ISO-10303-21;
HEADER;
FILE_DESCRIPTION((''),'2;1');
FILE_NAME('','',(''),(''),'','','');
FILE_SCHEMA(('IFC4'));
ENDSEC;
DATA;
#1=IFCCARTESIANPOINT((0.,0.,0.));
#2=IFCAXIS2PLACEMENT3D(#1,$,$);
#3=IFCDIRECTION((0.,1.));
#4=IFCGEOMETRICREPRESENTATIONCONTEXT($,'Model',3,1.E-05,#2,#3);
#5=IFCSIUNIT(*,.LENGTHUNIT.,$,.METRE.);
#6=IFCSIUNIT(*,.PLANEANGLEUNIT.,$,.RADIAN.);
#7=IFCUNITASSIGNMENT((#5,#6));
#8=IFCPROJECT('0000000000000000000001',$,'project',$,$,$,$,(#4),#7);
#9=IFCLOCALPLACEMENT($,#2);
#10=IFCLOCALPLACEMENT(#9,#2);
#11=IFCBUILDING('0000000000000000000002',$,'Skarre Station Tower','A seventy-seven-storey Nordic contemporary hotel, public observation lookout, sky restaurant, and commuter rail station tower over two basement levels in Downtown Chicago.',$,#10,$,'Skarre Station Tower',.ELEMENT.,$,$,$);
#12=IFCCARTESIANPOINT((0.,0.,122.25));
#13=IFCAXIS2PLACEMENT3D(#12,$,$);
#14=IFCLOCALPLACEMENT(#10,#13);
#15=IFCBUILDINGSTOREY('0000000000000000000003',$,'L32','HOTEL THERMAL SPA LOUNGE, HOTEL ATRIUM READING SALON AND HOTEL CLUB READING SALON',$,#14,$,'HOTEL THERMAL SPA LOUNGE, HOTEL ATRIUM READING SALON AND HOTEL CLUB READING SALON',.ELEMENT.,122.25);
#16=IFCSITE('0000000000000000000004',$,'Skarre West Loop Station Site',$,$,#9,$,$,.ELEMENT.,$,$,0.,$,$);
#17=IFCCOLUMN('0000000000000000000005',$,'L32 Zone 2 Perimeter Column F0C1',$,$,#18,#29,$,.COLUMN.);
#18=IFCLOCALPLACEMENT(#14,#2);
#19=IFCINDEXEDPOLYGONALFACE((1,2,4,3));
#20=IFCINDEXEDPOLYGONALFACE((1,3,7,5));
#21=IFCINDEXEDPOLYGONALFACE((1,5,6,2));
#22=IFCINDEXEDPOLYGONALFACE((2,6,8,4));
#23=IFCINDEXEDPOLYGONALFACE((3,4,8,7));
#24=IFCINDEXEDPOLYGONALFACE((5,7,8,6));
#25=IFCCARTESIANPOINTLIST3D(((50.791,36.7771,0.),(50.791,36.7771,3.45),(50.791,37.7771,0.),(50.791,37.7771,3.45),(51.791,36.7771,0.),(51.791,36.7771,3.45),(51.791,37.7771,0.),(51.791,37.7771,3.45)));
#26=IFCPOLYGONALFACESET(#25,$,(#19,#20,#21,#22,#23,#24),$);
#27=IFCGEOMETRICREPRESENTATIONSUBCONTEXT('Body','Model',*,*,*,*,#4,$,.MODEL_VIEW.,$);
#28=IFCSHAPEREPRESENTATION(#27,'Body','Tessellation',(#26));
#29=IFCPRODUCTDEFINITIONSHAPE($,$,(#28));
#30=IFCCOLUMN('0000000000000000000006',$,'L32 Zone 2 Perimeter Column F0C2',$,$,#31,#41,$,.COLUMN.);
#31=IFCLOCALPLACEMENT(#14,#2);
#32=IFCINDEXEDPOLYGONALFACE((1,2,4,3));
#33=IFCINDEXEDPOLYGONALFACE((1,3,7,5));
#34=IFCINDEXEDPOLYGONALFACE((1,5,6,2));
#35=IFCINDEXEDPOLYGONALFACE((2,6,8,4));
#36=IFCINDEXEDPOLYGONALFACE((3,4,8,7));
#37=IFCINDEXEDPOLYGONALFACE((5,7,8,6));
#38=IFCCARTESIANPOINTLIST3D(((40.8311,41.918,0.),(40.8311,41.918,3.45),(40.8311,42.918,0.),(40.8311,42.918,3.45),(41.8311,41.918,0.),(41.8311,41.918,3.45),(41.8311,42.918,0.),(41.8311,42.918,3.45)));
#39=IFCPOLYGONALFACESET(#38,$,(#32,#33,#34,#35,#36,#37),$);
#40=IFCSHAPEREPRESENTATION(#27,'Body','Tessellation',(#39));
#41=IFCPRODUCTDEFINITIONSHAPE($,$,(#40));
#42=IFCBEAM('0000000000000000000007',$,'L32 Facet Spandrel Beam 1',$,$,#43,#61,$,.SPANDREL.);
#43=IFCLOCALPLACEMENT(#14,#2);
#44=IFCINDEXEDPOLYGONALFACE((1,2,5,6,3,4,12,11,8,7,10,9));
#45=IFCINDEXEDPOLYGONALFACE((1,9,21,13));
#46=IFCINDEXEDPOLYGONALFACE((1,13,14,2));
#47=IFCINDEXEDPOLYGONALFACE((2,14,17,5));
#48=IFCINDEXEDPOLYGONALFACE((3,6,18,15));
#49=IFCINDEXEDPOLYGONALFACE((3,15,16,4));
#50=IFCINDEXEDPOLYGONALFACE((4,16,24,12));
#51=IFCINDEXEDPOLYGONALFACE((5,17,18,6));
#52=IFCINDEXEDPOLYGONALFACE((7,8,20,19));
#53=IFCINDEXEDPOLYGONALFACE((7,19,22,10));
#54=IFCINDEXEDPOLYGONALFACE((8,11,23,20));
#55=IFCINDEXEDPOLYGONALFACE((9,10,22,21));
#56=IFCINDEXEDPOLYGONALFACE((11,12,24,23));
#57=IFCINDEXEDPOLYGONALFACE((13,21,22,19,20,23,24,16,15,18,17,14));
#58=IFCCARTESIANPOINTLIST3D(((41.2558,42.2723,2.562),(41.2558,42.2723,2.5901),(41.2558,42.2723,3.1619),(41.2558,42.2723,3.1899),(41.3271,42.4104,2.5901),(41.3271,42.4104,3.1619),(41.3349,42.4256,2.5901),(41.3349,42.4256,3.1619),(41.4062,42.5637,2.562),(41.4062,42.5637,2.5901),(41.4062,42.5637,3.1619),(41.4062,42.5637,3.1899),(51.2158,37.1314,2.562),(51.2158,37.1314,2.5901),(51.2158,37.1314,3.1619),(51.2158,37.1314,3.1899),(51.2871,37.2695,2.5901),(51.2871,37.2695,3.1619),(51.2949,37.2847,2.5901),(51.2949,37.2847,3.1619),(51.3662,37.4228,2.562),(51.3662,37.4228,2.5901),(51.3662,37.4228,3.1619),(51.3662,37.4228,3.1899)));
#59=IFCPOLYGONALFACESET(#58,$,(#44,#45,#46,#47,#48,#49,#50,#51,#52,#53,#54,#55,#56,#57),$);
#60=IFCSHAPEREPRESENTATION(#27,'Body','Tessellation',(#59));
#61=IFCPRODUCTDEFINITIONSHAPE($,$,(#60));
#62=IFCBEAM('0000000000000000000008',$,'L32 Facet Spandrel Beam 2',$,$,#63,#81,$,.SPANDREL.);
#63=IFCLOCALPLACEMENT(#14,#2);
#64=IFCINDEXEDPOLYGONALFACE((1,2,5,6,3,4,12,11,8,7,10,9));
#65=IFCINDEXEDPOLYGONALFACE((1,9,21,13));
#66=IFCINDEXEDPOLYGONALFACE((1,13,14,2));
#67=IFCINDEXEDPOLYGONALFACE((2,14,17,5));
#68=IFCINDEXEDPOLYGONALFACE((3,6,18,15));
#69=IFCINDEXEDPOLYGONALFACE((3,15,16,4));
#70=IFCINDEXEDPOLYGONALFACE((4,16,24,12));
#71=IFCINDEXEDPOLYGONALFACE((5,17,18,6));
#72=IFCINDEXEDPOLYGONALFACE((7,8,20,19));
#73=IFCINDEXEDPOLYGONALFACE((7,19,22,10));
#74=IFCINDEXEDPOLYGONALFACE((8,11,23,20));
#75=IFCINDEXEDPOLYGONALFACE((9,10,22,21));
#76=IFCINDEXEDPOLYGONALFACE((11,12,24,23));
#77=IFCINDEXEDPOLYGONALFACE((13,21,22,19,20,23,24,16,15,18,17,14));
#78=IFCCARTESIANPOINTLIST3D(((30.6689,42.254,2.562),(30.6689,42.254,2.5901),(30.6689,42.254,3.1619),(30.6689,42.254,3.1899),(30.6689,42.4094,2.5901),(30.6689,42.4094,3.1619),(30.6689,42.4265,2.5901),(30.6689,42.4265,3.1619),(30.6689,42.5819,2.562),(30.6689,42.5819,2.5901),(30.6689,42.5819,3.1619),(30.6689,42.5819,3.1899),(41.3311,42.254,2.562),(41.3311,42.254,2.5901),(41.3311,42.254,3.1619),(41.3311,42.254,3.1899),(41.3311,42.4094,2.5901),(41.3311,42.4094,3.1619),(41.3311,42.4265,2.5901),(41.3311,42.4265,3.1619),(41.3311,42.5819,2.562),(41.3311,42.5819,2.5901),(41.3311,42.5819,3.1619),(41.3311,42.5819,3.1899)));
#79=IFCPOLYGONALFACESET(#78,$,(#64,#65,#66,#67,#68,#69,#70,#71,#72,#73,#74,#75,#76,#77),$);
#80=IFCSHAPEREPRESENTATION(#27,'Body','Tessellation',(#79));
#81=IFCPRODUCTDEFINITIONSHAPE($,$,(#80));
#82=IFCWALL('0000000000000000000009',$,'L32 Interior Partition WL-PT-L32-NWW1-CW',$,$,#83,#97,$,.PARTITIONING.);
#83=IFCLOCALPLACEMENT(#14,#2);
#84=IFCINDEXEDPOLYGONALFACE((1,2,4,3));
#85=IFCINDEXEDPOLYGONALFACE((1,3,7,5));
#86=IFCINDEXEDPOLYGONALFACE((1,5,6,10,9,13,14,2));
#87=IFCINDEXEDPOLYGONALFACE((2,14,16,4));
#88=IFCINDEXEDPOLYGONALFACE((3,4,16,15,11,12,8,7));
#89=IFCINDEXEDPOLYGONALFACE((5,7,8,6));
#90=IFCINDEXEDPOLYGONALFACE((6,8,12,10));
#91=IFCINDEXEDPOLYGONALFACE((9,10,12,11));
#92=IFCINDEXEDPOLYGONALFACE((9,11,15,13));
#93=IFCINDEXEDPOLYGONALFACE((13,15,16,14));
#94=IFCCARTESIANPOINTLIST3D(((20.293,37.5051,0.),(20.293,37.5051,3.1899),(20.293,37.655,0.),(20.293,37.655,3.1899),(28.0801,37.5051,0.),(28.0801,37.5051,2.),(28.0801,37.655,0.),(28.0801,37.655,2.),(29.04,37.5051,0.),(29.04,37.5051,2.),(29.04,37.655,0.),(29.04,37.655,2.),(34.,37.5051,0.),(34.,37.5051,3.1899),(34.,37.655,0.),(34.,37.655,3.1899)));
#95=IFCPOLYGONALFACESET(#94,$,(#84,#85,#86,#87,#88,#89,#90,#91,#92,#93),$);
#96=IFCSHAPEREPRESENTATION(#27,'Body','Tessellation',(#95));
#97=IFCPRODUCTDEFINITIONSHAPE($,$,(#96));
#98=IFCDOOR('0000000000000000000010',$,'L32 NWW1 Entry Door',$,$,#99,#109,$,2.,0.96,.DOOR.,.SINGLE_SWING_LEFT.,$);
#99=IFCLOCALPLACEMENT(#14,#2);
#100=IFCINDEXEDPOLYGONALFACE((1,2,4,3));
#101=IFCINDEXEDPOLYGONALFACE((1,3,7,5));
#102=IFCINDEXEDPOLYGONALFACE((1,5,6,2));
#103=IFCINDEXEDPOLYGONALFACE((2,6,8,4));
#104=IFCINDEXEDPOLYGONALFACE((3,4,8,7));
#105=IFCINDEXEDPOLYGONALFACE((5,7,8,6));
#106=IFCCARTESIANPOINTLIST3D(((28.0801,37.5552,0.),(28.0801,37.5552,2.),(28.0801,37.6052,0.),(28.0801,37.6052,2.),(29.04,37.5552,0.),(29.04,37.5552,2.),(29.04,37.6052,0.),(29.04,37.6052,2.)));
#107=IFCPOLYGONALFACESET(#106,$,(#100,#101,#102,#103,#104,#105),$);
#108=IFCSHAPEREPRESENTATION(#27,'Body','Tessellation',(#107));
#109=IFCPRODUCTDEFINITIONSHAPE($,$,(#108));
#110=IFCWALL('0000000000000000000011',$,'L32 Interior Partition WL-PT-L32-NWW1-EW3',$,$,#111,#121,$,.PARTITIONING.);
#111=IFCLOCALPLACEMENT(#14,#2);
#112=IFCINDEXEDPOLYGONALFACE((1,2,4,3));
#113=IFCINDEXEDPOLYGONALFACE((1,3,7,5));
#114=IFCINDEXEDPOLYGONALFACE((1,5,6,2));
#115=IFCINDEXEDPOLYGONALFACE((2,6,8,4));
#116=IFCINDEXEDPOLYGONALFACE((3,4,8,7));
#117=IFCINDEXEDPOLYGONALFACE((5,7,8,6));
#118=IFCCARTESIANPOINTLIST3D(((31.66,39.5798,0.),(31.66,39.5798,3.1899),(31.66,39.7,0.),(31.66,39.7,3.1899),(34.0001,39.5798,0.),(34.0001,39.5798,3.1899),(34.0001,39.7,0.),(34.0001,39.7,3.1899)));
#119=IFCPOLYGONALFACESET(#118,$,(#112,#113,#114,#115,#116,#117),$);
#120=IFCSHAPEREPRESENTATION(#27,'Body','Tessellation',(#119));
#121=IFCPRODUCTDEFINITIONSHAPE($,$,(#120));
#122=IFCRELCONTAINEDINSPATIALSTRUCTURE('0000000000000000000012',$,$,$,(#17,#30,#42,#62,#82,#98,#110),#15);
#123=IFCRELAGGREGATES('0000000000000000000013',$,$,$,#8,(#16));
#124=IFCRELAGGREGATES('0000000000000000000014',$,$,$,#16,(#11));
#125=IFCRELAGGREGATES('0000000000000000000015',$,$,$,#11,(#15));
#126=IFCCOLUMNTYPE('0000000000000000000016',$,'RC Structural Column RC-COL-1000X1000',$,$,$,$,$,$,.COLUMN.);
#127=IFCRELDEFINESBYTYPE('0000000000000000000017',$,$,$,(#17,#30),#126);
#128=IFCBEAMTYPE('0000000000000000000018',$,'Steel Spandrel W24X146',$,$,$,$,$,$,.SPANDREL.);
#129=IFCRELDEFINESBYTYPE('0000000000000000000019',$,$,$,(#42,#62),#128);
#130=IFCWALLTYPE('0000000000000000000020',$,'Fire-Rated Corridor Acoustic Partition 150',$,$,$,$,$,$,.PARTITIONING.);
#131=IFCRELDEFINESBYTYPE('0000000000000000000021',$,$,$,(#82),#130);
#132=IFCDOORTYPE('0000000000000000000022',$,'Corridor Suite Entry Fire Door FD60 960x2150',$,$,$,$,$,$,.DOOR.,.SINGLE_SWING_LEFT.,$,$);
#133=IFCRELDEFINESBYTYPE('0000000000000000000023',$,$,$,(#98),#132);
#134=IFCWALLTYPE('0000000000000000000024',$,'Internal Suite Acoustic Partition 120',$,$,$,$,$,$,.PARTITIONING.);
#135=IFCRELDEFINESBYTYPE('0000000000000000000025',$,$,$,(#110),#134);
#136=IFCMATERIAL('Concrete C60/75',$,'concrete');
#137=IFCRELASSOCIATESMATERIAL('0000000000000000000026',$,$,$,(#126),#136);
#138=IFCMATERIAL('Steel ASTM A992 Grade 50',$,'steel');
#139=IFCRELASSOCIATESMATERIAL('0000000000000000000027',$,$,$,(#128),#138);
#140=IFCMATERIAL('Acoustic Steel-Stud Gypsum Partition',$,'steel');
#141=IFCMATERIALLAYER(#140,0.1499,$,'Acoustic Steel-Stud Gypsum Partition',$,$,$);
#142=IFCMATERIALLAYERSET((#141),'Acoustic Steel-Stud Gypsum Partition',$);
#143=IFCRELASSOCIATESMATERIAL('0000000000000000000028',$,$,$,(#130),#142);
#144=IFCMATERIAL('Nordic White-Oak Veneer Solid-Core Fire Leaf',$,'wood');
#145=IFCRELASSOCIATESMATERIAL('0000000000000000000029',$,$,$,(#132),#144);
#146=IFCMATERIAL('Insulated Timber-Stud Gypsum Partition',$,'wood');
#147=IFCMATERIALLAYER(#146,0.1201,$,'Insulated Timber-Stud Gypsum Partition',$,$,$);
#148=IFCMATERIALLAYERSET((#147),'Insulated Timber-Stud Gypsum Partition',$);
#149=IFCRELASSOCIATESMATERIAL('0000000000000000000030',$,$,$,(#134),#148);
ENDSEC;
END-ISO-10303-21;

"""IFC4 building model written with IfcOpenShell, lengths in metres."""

from ifc_helpers import new_model, si_unit, direction, frame, frame_2d, origin, origin_2d, place, context, subcontext, project, spatial, rectangle, i_section, extrude, material, layer, layer_set, material_profile, profile_set, type_object, element, fill, save


model = new_model("IFC4")

# Units and contexts
model_context = context("Model", 3, precision=1e-05, world=origin(), true_north=direction((0.0, 1.0)))
body_context = subcontext(model_context, "Body", "Model", "MODEL_VIEW")
ifc_project = project(units=[si_unit("LENGTHUNIT", "METRE"), si_unit("PLANEANGLEUNIT", "RADIAN")], contexts=[model_context])

# Site, building, storey
site_placement = place(None, origin())
site = spatial("IfcSite", under=ifc_project, at=site_placement, Name="Skarre West Loop Station Site", CompositionType="ELEMENT", RefElevation=0.0)
building_placement = place(site_placement, origin())
building = spatial("IfcBuilding", under=site, at=building_placement, Name="Skarre Station Tower", Description="A seventy-seven-storey Nordic contemporary hotel, public observation lookout, sky restaurant, and commuter rail station tower over two basement levels in Downtown Chicago.", LongName="Skarre Station Tower", CompositionType="ELEMENT")
storey_placement = place(building_placement, frame((0.0, 0.0, 122.25)))
storey = spatial("IfcBuildingStorey", under=building, at=storey_placement, Name="L32", Description="HOTEL THERMAL SPA LOUNGE, HOTEL ATRIUM READING SALON AND HOTEL CLUB READING SALON", LongName="HOTEL THERMAL SPA LOUNGE, HOTEL ATRIUM READING SALON AND HOTEL CLUB READING SALON", CompositionType="ELEMENT", Elevation=122.25)

# Columns
ifc_material_1 = material(Name="Concrete C60/75", Category="concrete")
ifc_material_profile_1 = material_profile(ifc_material_1, rectangle(XDim=1.0, YDim=1.0, at=origin_2d()), Name="Concrete C60/75")
ifc_profile_set_1 = profile_set([ifc_material_profile_1], Name="Concrete C60/75")
column_type = type_object("IfcColumnType", Name="RC Structural Column RC-COL-1000X1000", PredefinedType="COLUMN", material=ifc_profile_set_1)
for number, where, z_axis, x_axis, name in (
    (1, (51.291, 37.2771, 0.0), (0.0, 0.0, 1.0), (1.0, 0.0, 0.0), "L32 Zone 2 Perimeter Column F0C1"),
    (2, (41.3311, 42.418, 0.0), (0.0, 0.0, 1.0), (1.0, 0.0, 0.0), "L32 Zone 2 Perimeter Column F0C2"),
):
    element("IfcColumn", number, at=place(storey_placement, frame(where, z_axis=z_axis, x_axis=x_axis)), inside=storey, type_object=column_type, Name=name, PredefinedType="COLUMN", context=body_context, shape_type="SweptSolid", body=[
        extrude(rectangle(XDim=1.0, YDim=1.0, at=origin_2d()), origin(), (0.0, 0.0, 1.0), 3.45),
    ])

# Beams
ifc_material_2 = material(Name="Steel ASTM A992 Grade 50", Category="steel")
ifc_material_profile_2 = material_profile(ifc_material_2, i_section(OverallWidth=0.3279, OverallDepth=0.6279, WebThickness=0.0171, FlangeThickness=0.0281, at=origin_2d()), Name="Steel ASTM A992 Grade 50")
ifc_profile_set_2 = profile_set([ifc_material_profile_2], Name="Steel ASTM A992 Grade 50")
beam_type = type_object("IfcBeamType", Name="Steel Spandrel W24X146", PredefinedType="SPANDREL", material=ifc_profile_set_2)
beam_1_placement = place(storey_placement, frame((51.291, 37.2771, 2.876), z_axis=(-0.888612, 0.45866, 0.0), x_axis=(-0.45866, -0.888612, 0.0)))
element("IfcBeam", 3, at=beam_1_placement, inside=storey, type_object=beam_type, Name="L32 Facet Spandrel Beam 1", PredefinedType="SPANDREL", context=body_context, shape_type="SweptSolid", body=[
    extrude(i_section(OverallWidth=0.3279, OverallDepth=0.6279, WebThickness=0.0171, FlangeThickness=0.0281, at=origin_2d()), origin(), (0.0, 0.0, 1.0), 11.2085),
])
beam_2_placement = place(storey_placement, frame((41.3311, 42.418, 2.876), z_axis=(-1.0, 0.0, 0.0), x_axis=(0.0, -1.0, 0.0)))
element("IfcBeam", 4, at=beam_2_placement, inside=storey, type_object=beam_type, Name="L32 Facet Spandrel Beam 2", PredefinedType="SPANDREL", context=body_context, shape_type="SweptSolid", body=[
    extrude(i_section(OverallWidth=0.3279, OverallDepth=0.6279, WebThickness=0.0171, FlangeThickness=0.0281, at=origin_2d()), origin(), (0.0, 0.0, 1.0), 10.6621),
])

# Wall, opening, door
ifc_material_3 = material(Name="Acoustic Steel-Stud Gypsum Partition", Category="steel")
ifc_layer_1 = layer(ifc_material_3, 0.1499, Name="Acoustic Steel-Stud Gypsum Partition")
ifc_layer_set_1 = layer_set([ifc_layer_1], Name="Acoustic Steel-Stud Gypsum Partition")
wall_type_1 = type_object("IfcWallType", Name="Fire-Rated Corridor Acoustic Partition 150", PredefinedType="PARTITIONING", material=ifc_layer_set_1)
wall_1_placement = place(storey_placement, frame((34.0, 37.5801, 0.0), z_axis=(0.0, 0.0, 1.0), x_axis=(-1.0, 0.0, 0.0)))
wall_1 = element("IfcWall", 5, at=wall_1_placement, inside=storey, type_object=wall_type_1, Name="L32 Interior Partition WL-PT-L32-NWW1-CW", PredefinedType="PARTITIONING", context=body_context, shape_type="SweptSolid", body=[
    extrude(rectangle(XDim=13.707, YDim=0.1499, at=frame_2d((6.8535, 0.0))), origin(), (0.0, 0.0, 1.0), 3.1899),
])
opening_1_placement = place(wall_1_placement, frame((4.96, 0.0, 0.0)))
opening_1 = element("IfcOpeningElement", 6, at=opening_1_placement, cuts=wall_1, PredefinedType="OPENING", context=body_context, shape_type="SweptSolid", body=[
    extrude(rectangle(XDim=0.96, YDim=2.0, at=frame_2d((0.48, 1.0))), frame((0.0, 0.085, 0.0), z_axis=(0.0, -1.0, 0.0), x_axis=(1.0, 0.0, 0.0)), (0.0, 0.0, 1.0), 0.1699),
])
ifc_material_4 = material(Name="Nordic White-Oak Veneer Solid-Core Fire Leaf", Category="wood")
door_type_1 = type_object("IfcDoorType", Name="Corridor Suite Entry Fire Door FD60 960x2150", OperationType="SINGLE_SWING_LEFT", PredefinedType="DOOR", material=ifc_material_4)
door_1_placement = place(opening_1_placement, origin())
door_1 = element("IfcDoor", 7, at=door_1_placement, inside=storey, type_object=door_type_1, Name="L32 NWW1 Entry Door", OperationType="SINGLE_SWING_LEFT", OverallHeight=2.0, OverallWidth=0.96, PredefinedType="DOOR", context=body_context, shape_type="SweptSolid", body=[
    extrude(rectangle(XDim=0.96, YDim=2.0, at=frame_2d((0.48, 1.0))), frame((0.0, 0.0249, 0.0), z_axis=(0.0, -1.0, 0.0), x_axis=(1.0, 0.0, 0.0)), (0.0, 0.0, 1.0), 0.05),
])
fill(opening_1, door_1)

# Wall
ifc_material_5 = material(Name="Insulated Timber-Stud Gypsum Partition", Category="wood")
ifc_layer_2 = layer(ifc_material_5, 0.1201, Name="Insulated Timber-Stud Gypsum Partition")
ifc_layer_set_2 = layer_set([ifc_layer_2], Name="Insulated Timber-Stud Gypsum Partition")
wall_type_2 = type_object("IfcWallType", Name="Internal Suite Acoustic Partition 120", PredefinedType="PARTITIONING", material=ifc_layer_set_2)
wall_2_placement = place(storey_placement, frame((34.0, 39.6399, 0.0), z_axis=(0.0, 0.0, 1.0), x_axis=(-1.0, 0.0, 0.0)))
element("IfcWall", 8, at=wall_2_placement, inside=storey, type_object=wall_type_2, Name="L32 Interior Partition WL-PT-L32-NWW1-EW3", PredefinedType="PARTITIONING", context=body_context, shape_type="SweptSolid", body=[
    extrude(rectangle(XDim=2.3401, YDim=0.1201, at=frame_2d((1.1699, 0.0))), origin(), (0.0, 0.0, 1.0), 3.1899),
])

save(model, "model.ifc")
